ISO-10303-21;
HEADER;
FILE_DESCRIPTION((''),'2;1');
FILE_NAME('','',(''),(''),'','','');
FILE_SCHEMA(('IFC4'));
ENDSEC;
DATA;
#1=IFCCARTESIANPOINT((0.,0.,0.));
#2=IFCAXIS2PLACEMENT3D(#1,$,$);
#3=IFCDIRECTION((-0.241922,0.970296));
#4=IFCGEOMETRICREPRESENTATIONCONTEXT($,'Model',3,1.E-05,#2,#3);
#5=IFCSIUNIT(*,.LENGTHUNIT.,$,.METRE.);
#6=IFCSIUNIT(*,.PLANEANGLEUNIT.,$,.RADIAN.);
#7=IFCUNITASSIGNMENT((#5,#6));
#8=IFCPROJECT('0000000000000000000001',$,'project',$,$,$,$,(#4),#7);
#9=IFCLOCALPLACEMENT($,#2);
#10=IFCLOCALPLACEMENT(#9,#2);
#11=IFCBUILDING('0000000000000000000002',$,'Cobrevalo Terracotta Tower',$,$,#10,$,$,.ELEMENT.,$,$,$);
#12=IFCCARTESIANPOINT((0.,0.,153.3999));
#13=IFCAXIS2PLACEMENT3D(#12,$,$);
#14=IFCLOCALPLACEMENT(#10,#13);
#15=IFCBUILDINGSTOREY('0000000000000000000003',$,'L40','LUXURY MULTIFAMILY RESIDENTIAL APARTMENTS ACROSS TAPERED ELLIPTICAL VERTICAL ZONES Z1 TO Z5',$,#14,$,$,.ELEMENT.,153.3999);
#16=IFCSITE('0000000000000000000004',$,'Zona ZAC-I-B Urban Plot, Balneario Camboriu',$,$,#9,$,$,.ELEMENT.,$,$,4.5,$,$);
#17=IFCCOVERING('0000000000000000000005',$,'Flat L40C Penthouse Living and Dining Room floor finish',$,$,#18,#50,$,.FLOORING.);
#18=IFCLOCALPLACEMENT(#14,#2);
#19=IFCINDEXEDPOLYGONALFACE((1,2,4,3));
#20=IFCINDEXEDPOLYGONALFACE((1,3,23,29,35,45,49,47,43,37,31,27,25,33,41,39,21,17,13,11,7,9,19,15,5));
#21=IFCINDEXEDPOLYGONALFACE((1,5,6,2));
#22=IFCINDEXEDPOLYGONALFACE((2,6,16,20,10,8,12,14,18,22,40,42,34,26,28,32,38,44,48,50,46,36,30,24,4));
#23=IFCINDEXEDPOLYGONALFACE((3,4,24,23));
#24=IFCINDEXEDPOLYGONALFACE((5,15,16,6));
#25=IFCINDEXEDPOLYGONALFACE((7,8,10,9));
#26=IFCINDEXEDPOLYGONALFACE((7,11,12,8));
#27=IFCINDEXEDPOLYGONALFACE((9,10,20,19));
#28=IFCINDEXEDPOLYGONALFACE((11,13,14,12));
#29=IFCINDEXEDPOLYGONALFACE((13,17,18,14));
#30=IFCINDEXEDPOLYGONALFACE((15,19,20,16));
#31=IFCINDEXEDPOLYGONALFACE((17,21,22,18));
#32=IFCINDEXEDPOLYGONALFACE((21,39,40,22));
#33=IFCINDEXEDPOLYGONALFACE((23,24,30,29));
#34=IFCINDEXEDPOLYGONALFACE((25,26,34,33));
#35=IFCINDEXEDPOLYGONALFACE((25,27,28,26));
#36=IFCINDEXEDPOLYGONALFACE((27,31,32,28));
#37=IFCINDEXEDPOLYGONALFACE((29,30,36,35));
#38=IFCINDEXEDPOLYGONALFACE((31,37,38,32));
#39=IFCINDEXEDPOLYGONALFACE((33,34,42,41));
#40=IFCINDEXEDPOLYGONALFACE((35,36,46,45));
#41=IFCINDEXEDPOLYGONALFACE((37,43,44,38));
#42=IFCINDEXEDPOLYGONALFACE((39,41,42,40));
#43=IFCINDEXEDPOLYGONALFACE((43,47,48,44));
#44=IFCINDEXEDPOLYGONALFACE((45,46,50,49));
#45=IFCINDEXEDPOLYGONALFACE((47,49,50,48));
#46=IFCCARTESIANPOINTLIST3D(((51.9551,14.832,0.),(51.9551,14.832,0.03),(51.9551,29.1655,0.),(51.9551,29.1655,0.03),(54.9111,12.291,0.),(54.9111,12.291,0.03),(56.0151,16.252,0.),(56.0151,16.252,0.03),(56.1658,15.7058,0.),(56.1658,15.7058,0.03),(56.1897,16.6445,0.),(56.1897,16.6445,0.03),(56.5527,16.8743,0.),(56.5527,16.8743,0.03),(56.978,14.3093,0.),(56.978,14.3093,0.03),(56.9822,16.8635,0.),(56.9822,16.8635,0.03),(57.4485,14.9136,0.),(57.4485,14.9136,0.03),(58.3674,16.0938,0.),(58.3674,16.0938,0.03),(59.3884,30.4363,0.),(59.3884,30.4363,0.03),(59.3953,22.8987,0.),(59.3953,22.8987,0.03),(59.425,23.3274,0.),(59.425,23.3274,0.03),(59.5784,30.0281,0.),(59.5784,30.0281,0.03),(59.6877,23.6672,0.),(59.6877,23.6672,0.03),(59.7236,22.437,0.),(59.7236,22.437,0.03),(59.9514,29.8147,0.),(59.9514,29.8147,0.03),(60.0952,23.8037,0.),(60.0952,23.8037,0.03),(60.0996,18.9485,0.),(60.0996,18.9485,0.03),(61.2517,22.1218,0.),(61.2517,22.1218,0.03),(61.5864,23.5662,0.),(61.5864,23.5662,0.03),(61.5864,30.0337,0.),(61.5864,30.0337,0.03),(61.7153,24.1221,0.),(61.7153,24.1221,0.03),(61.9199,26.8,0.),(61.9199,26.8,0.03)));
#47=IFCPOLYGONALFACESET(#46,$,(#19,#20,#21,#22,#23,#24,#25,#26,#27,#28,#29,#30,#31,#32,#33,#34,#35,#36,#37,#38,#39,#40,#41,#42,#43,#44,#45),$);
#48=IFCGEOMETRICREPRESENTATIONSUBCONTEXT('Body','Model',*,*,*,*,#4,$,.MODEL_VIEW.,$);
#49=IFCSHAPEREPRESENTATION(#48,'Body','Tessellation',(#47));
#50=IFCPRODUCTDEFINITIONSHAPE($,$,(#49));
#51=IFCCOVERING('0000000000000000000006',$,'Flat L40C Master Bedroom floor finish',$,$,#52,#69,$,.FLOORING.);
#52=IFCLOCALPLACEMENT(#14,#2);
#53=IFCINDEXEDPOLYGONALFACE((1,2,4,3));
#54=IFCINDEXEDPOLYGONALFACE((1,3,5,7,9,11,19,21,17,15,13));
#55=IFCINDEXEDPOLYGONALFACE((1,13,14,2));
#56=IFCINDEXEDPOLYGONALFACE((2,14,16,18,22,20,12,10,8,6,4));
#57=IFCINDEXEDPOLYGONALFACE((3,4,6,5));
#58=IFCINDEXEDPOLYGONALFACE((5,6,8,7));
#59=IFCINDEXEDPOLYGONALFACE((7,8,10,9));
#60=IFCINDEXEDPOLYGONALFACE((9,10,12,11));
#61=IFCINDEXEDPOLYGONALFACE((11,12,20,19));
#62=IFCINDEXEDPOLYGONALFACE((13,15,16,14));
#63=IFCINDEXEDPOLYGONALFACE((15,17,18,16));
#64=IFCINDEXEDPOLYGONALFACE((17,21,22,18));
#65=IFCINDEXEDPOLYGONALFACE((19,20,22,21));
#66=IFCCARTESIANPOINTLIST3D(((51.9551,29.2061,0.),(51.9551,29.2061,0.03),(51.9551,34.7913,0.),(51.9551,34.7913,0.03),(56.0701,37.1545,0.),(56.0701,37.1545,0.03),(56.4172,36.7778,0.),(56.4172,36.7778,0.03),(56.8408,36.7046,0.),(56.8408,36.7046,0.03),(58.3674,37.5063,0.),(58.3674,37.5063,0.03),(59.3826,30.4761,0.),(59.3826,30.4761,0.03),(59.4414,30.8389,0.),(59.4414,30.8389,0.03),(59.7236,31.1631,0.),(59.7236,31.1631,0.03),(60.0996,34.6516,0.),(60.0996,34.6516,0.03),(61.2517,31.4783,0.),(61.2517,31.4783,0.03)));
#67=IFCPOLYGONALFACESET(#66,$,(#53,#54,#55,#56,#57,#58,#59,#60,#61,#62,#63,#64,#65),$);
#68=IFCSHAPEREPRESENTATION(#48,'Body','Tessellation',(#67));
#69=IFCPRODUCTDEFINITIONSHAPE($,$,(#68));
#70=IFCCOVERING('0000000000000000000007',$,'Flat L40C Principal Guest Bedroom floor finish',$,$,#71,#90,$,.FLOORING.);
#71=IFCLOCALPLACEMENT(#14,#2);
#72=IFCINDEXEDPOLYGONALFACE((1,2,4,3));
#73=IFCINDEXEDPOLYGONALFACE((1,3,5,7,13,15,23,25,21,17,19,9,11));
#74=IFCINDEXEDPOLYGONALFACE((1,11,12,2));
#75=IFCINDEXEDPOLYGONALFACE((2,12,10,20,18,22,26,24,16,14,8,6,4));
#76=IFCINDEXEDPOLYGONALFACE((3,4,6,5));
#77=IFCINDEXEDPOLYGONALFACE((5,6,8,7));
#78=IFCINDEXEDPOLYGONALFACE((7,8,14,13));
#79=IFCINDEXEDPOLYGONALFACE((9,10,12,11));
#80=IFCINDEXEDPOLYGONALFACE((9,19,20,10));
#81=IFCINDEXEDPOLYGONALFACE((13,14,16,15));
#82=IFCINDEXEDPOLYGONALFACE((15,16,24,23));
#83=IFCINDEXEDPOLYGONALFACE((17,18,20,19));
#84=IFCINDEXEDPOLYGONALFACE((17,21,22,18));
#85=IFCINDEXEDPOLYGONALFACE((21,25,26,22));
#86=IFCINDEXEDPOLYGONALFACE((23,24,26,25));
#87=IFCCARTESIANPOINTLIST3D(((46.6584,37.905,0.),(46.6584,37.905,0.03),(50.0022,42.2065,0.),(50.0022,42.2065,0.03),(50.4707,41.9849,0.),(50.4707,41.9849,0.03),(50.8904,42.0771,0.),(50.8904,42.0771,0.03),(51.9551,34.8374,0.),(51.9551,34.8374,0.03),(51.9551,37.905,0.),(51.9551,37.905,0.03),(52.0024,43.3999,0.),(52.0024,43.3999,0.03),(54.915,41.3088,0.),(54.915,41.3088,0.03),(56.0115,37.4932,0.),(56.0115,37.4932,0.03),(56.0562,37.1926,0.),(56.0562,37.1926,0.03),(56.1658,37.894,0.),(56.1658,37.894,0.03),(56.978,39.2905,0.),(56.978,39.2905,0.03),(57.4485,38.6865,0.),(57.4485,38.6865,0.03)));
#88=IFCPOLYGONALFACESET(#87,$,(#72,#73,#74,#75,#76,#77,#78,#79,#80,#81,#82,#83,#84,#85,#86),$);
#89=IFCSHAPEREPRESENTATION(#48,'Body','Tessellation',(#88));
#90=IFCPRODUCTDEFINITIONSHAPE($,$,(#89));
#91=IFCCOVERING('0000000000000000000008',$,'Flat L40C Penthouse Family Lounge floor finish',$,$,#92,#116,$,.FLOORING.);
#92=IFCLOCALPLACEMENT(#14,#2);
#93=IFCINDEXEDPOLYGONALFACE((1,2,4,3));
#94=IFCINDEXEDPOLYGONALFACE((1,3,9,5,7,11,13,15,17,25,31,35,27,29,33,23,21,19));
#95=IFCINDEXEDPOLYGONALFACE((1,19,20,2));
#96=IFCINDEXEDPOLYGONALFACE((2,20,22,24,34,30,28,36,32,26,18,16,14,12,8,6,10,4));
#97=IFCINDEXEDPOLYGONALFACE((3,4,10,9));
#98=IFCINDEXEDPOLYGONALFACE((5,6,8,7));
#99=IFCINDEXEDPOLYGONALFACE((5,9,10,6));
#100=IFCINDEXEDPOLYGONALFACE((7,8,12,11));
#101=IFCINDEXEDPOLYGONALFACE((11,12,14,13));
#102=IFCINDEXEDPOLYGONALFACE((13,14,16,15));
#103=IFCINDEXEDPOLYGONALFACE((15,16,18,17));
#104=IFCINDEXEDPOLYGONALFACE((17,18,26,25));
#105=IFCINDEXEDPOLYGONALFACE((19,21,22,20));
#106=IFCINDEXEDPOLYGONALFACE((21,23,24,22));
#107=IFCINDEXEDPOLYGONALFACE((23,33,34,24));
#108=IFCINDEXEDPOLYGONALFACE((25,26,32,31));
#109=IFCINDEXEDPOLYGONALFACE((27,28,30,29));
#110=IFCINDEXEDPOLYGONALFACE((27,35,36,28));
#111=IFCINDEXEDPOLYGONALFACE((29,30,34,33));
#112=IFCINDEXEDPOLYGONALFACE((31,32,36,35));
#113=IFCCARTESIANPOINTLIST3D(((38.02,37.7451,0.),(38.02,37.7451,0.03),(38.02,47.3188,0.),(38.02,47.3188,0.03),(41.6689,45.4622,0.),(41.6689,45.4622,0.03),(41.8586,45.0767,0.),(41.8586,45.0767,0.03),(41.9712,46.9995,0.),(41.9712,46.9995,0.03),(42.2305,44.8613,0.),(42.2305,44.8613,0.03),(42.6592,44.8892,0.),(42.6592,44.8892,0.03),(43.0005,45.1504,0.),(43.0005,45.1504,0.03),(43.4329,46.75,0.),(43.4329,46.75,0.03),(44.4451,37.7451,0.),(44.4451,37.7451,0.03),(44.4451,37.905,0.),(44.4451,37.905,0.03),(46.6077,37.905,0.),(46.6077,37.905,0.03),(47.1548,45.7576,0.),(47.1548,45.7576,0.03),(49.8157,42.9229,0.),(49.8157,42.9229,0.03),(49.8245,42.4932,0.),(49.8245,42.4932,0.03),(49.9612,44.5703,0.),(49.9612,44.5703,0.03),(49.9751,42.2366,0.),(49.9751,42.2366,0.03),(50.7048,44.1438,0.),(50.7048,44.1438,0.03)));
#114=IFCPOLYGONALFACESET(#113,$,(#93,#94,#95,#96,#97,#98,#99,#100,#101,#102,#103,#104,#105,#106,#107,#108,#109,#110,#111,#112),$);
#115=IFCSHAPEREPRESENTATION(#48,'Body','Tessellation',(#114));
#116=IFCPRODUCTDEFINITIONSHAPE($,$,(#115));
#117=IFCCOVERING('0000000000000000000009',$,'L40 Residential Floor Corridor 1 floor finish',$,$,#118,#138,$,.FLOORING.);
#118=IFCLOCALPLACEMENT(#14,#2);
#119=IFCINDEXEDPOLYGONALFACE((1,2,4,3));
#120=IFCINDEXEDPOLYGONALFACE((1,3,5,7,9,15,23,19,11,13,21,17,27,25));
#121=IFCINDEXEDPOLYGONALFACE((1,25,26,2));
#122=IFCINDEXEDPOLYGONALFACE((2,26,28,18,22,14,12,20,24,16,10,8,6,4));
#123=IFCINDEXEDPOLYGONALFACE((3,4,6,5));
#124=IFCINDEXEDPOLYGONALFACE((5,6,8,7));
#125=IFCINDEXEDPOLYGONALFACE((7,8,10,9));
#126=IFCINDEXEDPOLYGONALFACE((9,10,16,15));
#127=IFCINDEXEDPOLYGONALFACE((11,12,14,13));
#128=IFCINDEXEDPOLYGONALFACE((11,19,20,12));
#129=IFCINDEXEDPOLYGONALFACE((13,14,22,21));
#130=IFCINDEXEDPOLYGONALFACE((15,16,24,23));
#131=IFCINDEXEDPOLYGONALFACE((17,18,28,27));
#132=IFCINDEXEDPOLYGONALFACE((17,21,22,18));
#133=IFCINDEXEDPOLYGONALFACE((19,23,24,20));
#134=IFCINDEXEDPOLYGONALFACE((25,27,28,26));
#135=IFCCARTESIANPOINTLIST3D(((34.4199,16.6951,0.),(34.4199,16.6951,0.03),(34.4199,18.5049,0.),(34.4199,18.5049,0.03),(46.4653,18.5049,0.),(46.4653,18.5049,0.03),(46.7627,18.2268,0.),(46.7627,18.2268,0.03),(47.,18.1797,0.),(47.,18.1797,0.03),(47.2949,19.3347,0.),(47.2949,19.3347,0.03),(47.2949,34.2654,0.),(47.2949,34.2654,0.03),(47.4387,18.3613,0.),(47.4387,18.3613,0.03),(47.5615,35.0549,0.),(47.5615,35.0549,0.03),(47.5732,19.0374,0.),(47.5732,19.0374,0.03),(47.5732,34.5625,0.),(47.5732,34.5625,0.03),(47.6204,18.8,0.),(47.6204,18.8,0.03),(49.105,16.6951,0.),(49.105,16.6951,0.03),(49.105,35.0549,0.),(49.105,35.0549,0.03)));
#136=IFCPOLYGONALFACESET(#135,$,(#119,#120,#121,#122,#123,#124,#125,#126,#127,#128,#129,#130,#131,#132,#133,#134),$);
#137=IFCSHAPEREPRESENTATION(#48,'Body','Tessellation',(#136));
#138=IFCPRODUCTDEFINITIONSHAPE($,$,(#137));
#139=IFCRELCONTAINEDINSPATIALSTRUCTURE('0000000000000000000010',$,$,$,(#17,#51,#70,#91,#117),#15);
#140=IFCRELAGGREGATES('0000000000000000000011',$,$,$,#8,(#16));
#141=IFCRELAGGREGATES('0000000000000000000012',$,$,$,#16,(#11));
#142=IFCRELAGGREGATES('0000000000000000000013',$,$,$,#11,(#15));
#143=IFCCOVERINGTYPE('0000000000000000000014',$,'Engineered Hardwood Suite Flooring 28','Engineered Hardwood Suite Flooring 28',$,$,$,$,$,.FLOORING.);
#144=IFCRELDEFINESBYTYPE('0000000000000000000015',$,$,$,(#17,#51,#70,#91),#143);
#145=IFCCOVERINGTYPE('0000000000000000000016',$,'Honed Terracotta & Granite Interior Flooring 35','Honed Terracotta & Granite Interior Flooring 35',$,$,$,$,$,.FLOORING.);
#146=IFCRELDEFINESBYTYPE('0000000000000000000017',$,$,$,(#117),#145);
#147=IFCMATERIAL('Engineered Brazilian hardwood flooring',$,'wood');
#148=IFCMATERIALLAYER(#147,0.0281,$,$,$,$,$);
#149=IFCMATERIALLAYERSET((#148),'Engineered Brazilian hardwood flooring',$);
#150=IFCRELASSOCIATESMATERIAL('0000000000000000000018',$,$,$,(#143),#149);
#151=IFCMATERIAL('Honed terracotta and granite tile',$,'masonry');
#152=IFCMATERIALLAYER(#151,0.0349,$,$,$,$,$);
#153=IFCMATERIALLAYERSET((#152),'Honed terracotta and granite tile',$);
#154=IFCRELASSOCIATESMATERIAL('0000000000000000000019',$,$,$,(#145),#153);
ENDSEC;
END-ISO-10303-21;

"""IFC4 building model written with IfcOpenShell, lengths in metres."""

from ifc_helpers import new_model, si_unit, direction, frame, origin, place, context, subcontext, project, spatial, polyline, outline, extrude, material, layer, layer_set, type_object, element, save


model = new_model("IFC4")

# Units and contexts
model_context = context("Model", 3, precision=1e-05, world=origin(), true_north=direction((-0.241922, 0.970296)))
body_context = subcontext(model_context, "Body", "Model", "MODEL_VIEW")
ifc_project = project(units=[si_unit("LENGTHUNIT", "METRE"), si_unit("PLANEANGLEUNIT", "RADIAN")], contexts=[model_context])

# Site, building, storey
site_placement = place(None, origin())
site = spatial("IfcSite", under=ifc_project, at=site_placement, Name="Zona ZAC-I-B Urban Plot, Balneario Camboriu", CompositionType="ELEMENT", RefElevation=4.5)
building_placement = place(site_placement, origin())
building = spatial("IfcBuilding", under=site, at=building_placement, Name="Cobrevalo Terracotta Tower", CompositionType="ELEMENT")
storey_placement = place(building_placement, frame((0.0, 0.0, 153.3999)))
storey = spatial("IfcBuildingStorey", under=building, at=storey_placement, Name="L40", Description="LUXURY MULTIFAMILY RESIDENTIAL APARTMENTS ACROSS TAPERED ELLIPTICAL VERTICAL ZONES Z1 TO Z5", CompositionType="ELEMENT", Elevation=153.3999)

# Coverings
ifc_material_1 = material(Name="Engineered Brazilian hardwood flooring", Category="wood")
ifc_layer_1 = layer(ifc_material_1, 0.0281)
ifc_layer_set_1 = layer_set([ifc_layer_1], Name="Engineered Brazilian hardwood flooring")
covering_type_1 = type_object("IfcCoveringType", Name="Engineered Hardwood Suite Flooring 28", Description="Engineered Hardwood Suite Flooring 28", PredefinedType="FLOORING", material=ifc_layer_set_1)
covering_1_placement = place(storey_placement, origin())
element("IfcCovering", 1, at=covering_1_placement, inside=storey, type_object=covering_type_1, Name="Flat L40C Penthouse Living and Dining Room floor finish", PredefinedType="FLOORING", context=body_context, shape_type="SweptSolid", body=[
    extrude(outline(polyline([(58.3674, 16.0938), (56.9822, 16.8635), (56.5527, 16.8743), (56.1897, 16.6445), (56.0151, 16.252), (56.1658, 15.7058), (57.4485, 14.9136), (56.978, 14.3093), (54.9111, 12.291), (51.9551, 14.832), (51.9551, 29.1655), (59.3884, 30.4363), (59.5784, 30.0281), (59.9514, 29.8147), (61.5864, 30.0337), (61.9199, 26.8), (61.7153, 24.1221), (61.5864, 23.5662), (60.0952, 23.8037), (59.6877, 23.6672), (59.425, 23.3274), (59.3953, 22.8987), (59.7236, 22.437), (61.2517, 22.1218), (60.0996, 18.9485), (58.3674, 16.0938)])), origin(), (0.0, 0.0, 1.0), 0.03),
])
covering_2_placement = place(storey_placement, origin())
element("IfcCovering", 2, at=covering_2_placement, inside=storey, type_object=covering_type_1, Name="Flat L40C Master Bedroom floor finish", PredefinedType="FLOORING", context=body_context, shape_type="SweptSolid", body=[
    extrude(outline(polyline([(56.0701, 37.1545), (56.4172, 36.7778), (56.8408, 36.7046), (58.3674, 37.5063), (60.0996, 34.6516), (61.2517, 31.4783), (59.7236, 31.1631), (59.4414, 30.8389), (59.3826, 30.4761), (51.9551, 29.2061), (51.9551, 34.7913), (56.0701, 37.1545)])), origin(), (0.0, 0.0, 1.0), 0.03),
])
covering_3_placement = place(storey_placement, origin())
element("IfcCovering", 3, at=covering_3_placement, inside=storey, type_object=covering_type_1, Name="Flat L40C Principal Guest Bedroom floor finish", PredefinedType="FLOORING", context=body_context, shape_type="SweptSolid", body=[
    extrude(outline(polyline([(46.6584, 37.905), (50.0022, 42.2065), (50.4707, 41.9849), (50.8904, 42.0771), (52.0024, 43.3999), (54.915, 41.3088), (56.978, 39.2905), (57.4485, 38.6865), (56.1658, 37.894), (56.0115, 37.4932), (56.0562, 37.1926), (51.9551, 34.8374), (51.9551, 37.905), (46.6584, 37.905)])), origin(), (0.0, 0.0, 1.0), 0.03),
])
covering_4_placement = place(storey_placement, origin())
element("IfcCovering", 4, at=covering_4_placement, inside=storey, type_object=covering_type_1, Name="Flat L40C Penthouse Family Lounge floor finish", PredefinedType="FLOORING", context=body_context, shape_type="SweptSolid", body=[
    extrude(outline(polyline([(44.4451, 37.7451), (38.02, 37.7451), (38.02, 47.3188), (41.9712, 46.9995), (41.6689, 45.4622), (41.8586, 45.0767), (42.2305, 44.8613), (42.6592, 44.8892), (43.0005, 45.1504), (43.4329, 46.75), (47.1548, 45.7576), (49.9612, 44.5703), (50.7048, 44.1438), (49.8157, 42.9229), (49.8245, 42.4932), (49.9751, 42.2366), (46.6077, 37.905), (44.4451, 37.905), (44.4451, 37.7451)])), origin(), (0.0, 0.0, 1.0), 0.03),
])
ifc_material_2 = material(Name="Honed terracotta and granite tile", Category="masonry")
ifc_layer_2 = layer(ifc_material_2, 0.0349)
ifc_layer_set_2 = layer_set([ifc_layer_2], Name="Honed terracotta and granite tile")
covering_type_2 = type_object("IfcCoveringType", Name="Honed Terracotta & Granite Interior Flooring 35", Description="Honed Terracotta & Granite Interior Flooring 35", PredefinedType="FLOORING", material=ifc_layer_set_2)
covering_5_placement = place(storey_placement, origin())
element("IfcCovering", 5, at=covering_5_placement, inside=storey, type_object=covering_type_2, Name="L40 Residential Floor Corridor 1 floor finish", PredefinedType="FLOORING", context=body_context, shape_type="SweptSolid", body=[
    extrude(outline(polyline([(34.4199, 18.5049), (46.4653, 18.5049), (46.7627, 18.2268), (47.0, 18.1797), (47.4387, 18.3613), (47.6204, 18.8), (47.5732, 19.0374), (47.2949, 19.3347), (47.2949, 34.2654), (47.5732, 34.5625), (47.5615, 35.0549), (49.105, 35.0549), (49.105, 16.6951), (34.4199, 16.6951), (34.4199, 18.5049)])), origin(), (0.0, 0.0, 1.0), 0.03),
])

save(model, "model.ifc")
